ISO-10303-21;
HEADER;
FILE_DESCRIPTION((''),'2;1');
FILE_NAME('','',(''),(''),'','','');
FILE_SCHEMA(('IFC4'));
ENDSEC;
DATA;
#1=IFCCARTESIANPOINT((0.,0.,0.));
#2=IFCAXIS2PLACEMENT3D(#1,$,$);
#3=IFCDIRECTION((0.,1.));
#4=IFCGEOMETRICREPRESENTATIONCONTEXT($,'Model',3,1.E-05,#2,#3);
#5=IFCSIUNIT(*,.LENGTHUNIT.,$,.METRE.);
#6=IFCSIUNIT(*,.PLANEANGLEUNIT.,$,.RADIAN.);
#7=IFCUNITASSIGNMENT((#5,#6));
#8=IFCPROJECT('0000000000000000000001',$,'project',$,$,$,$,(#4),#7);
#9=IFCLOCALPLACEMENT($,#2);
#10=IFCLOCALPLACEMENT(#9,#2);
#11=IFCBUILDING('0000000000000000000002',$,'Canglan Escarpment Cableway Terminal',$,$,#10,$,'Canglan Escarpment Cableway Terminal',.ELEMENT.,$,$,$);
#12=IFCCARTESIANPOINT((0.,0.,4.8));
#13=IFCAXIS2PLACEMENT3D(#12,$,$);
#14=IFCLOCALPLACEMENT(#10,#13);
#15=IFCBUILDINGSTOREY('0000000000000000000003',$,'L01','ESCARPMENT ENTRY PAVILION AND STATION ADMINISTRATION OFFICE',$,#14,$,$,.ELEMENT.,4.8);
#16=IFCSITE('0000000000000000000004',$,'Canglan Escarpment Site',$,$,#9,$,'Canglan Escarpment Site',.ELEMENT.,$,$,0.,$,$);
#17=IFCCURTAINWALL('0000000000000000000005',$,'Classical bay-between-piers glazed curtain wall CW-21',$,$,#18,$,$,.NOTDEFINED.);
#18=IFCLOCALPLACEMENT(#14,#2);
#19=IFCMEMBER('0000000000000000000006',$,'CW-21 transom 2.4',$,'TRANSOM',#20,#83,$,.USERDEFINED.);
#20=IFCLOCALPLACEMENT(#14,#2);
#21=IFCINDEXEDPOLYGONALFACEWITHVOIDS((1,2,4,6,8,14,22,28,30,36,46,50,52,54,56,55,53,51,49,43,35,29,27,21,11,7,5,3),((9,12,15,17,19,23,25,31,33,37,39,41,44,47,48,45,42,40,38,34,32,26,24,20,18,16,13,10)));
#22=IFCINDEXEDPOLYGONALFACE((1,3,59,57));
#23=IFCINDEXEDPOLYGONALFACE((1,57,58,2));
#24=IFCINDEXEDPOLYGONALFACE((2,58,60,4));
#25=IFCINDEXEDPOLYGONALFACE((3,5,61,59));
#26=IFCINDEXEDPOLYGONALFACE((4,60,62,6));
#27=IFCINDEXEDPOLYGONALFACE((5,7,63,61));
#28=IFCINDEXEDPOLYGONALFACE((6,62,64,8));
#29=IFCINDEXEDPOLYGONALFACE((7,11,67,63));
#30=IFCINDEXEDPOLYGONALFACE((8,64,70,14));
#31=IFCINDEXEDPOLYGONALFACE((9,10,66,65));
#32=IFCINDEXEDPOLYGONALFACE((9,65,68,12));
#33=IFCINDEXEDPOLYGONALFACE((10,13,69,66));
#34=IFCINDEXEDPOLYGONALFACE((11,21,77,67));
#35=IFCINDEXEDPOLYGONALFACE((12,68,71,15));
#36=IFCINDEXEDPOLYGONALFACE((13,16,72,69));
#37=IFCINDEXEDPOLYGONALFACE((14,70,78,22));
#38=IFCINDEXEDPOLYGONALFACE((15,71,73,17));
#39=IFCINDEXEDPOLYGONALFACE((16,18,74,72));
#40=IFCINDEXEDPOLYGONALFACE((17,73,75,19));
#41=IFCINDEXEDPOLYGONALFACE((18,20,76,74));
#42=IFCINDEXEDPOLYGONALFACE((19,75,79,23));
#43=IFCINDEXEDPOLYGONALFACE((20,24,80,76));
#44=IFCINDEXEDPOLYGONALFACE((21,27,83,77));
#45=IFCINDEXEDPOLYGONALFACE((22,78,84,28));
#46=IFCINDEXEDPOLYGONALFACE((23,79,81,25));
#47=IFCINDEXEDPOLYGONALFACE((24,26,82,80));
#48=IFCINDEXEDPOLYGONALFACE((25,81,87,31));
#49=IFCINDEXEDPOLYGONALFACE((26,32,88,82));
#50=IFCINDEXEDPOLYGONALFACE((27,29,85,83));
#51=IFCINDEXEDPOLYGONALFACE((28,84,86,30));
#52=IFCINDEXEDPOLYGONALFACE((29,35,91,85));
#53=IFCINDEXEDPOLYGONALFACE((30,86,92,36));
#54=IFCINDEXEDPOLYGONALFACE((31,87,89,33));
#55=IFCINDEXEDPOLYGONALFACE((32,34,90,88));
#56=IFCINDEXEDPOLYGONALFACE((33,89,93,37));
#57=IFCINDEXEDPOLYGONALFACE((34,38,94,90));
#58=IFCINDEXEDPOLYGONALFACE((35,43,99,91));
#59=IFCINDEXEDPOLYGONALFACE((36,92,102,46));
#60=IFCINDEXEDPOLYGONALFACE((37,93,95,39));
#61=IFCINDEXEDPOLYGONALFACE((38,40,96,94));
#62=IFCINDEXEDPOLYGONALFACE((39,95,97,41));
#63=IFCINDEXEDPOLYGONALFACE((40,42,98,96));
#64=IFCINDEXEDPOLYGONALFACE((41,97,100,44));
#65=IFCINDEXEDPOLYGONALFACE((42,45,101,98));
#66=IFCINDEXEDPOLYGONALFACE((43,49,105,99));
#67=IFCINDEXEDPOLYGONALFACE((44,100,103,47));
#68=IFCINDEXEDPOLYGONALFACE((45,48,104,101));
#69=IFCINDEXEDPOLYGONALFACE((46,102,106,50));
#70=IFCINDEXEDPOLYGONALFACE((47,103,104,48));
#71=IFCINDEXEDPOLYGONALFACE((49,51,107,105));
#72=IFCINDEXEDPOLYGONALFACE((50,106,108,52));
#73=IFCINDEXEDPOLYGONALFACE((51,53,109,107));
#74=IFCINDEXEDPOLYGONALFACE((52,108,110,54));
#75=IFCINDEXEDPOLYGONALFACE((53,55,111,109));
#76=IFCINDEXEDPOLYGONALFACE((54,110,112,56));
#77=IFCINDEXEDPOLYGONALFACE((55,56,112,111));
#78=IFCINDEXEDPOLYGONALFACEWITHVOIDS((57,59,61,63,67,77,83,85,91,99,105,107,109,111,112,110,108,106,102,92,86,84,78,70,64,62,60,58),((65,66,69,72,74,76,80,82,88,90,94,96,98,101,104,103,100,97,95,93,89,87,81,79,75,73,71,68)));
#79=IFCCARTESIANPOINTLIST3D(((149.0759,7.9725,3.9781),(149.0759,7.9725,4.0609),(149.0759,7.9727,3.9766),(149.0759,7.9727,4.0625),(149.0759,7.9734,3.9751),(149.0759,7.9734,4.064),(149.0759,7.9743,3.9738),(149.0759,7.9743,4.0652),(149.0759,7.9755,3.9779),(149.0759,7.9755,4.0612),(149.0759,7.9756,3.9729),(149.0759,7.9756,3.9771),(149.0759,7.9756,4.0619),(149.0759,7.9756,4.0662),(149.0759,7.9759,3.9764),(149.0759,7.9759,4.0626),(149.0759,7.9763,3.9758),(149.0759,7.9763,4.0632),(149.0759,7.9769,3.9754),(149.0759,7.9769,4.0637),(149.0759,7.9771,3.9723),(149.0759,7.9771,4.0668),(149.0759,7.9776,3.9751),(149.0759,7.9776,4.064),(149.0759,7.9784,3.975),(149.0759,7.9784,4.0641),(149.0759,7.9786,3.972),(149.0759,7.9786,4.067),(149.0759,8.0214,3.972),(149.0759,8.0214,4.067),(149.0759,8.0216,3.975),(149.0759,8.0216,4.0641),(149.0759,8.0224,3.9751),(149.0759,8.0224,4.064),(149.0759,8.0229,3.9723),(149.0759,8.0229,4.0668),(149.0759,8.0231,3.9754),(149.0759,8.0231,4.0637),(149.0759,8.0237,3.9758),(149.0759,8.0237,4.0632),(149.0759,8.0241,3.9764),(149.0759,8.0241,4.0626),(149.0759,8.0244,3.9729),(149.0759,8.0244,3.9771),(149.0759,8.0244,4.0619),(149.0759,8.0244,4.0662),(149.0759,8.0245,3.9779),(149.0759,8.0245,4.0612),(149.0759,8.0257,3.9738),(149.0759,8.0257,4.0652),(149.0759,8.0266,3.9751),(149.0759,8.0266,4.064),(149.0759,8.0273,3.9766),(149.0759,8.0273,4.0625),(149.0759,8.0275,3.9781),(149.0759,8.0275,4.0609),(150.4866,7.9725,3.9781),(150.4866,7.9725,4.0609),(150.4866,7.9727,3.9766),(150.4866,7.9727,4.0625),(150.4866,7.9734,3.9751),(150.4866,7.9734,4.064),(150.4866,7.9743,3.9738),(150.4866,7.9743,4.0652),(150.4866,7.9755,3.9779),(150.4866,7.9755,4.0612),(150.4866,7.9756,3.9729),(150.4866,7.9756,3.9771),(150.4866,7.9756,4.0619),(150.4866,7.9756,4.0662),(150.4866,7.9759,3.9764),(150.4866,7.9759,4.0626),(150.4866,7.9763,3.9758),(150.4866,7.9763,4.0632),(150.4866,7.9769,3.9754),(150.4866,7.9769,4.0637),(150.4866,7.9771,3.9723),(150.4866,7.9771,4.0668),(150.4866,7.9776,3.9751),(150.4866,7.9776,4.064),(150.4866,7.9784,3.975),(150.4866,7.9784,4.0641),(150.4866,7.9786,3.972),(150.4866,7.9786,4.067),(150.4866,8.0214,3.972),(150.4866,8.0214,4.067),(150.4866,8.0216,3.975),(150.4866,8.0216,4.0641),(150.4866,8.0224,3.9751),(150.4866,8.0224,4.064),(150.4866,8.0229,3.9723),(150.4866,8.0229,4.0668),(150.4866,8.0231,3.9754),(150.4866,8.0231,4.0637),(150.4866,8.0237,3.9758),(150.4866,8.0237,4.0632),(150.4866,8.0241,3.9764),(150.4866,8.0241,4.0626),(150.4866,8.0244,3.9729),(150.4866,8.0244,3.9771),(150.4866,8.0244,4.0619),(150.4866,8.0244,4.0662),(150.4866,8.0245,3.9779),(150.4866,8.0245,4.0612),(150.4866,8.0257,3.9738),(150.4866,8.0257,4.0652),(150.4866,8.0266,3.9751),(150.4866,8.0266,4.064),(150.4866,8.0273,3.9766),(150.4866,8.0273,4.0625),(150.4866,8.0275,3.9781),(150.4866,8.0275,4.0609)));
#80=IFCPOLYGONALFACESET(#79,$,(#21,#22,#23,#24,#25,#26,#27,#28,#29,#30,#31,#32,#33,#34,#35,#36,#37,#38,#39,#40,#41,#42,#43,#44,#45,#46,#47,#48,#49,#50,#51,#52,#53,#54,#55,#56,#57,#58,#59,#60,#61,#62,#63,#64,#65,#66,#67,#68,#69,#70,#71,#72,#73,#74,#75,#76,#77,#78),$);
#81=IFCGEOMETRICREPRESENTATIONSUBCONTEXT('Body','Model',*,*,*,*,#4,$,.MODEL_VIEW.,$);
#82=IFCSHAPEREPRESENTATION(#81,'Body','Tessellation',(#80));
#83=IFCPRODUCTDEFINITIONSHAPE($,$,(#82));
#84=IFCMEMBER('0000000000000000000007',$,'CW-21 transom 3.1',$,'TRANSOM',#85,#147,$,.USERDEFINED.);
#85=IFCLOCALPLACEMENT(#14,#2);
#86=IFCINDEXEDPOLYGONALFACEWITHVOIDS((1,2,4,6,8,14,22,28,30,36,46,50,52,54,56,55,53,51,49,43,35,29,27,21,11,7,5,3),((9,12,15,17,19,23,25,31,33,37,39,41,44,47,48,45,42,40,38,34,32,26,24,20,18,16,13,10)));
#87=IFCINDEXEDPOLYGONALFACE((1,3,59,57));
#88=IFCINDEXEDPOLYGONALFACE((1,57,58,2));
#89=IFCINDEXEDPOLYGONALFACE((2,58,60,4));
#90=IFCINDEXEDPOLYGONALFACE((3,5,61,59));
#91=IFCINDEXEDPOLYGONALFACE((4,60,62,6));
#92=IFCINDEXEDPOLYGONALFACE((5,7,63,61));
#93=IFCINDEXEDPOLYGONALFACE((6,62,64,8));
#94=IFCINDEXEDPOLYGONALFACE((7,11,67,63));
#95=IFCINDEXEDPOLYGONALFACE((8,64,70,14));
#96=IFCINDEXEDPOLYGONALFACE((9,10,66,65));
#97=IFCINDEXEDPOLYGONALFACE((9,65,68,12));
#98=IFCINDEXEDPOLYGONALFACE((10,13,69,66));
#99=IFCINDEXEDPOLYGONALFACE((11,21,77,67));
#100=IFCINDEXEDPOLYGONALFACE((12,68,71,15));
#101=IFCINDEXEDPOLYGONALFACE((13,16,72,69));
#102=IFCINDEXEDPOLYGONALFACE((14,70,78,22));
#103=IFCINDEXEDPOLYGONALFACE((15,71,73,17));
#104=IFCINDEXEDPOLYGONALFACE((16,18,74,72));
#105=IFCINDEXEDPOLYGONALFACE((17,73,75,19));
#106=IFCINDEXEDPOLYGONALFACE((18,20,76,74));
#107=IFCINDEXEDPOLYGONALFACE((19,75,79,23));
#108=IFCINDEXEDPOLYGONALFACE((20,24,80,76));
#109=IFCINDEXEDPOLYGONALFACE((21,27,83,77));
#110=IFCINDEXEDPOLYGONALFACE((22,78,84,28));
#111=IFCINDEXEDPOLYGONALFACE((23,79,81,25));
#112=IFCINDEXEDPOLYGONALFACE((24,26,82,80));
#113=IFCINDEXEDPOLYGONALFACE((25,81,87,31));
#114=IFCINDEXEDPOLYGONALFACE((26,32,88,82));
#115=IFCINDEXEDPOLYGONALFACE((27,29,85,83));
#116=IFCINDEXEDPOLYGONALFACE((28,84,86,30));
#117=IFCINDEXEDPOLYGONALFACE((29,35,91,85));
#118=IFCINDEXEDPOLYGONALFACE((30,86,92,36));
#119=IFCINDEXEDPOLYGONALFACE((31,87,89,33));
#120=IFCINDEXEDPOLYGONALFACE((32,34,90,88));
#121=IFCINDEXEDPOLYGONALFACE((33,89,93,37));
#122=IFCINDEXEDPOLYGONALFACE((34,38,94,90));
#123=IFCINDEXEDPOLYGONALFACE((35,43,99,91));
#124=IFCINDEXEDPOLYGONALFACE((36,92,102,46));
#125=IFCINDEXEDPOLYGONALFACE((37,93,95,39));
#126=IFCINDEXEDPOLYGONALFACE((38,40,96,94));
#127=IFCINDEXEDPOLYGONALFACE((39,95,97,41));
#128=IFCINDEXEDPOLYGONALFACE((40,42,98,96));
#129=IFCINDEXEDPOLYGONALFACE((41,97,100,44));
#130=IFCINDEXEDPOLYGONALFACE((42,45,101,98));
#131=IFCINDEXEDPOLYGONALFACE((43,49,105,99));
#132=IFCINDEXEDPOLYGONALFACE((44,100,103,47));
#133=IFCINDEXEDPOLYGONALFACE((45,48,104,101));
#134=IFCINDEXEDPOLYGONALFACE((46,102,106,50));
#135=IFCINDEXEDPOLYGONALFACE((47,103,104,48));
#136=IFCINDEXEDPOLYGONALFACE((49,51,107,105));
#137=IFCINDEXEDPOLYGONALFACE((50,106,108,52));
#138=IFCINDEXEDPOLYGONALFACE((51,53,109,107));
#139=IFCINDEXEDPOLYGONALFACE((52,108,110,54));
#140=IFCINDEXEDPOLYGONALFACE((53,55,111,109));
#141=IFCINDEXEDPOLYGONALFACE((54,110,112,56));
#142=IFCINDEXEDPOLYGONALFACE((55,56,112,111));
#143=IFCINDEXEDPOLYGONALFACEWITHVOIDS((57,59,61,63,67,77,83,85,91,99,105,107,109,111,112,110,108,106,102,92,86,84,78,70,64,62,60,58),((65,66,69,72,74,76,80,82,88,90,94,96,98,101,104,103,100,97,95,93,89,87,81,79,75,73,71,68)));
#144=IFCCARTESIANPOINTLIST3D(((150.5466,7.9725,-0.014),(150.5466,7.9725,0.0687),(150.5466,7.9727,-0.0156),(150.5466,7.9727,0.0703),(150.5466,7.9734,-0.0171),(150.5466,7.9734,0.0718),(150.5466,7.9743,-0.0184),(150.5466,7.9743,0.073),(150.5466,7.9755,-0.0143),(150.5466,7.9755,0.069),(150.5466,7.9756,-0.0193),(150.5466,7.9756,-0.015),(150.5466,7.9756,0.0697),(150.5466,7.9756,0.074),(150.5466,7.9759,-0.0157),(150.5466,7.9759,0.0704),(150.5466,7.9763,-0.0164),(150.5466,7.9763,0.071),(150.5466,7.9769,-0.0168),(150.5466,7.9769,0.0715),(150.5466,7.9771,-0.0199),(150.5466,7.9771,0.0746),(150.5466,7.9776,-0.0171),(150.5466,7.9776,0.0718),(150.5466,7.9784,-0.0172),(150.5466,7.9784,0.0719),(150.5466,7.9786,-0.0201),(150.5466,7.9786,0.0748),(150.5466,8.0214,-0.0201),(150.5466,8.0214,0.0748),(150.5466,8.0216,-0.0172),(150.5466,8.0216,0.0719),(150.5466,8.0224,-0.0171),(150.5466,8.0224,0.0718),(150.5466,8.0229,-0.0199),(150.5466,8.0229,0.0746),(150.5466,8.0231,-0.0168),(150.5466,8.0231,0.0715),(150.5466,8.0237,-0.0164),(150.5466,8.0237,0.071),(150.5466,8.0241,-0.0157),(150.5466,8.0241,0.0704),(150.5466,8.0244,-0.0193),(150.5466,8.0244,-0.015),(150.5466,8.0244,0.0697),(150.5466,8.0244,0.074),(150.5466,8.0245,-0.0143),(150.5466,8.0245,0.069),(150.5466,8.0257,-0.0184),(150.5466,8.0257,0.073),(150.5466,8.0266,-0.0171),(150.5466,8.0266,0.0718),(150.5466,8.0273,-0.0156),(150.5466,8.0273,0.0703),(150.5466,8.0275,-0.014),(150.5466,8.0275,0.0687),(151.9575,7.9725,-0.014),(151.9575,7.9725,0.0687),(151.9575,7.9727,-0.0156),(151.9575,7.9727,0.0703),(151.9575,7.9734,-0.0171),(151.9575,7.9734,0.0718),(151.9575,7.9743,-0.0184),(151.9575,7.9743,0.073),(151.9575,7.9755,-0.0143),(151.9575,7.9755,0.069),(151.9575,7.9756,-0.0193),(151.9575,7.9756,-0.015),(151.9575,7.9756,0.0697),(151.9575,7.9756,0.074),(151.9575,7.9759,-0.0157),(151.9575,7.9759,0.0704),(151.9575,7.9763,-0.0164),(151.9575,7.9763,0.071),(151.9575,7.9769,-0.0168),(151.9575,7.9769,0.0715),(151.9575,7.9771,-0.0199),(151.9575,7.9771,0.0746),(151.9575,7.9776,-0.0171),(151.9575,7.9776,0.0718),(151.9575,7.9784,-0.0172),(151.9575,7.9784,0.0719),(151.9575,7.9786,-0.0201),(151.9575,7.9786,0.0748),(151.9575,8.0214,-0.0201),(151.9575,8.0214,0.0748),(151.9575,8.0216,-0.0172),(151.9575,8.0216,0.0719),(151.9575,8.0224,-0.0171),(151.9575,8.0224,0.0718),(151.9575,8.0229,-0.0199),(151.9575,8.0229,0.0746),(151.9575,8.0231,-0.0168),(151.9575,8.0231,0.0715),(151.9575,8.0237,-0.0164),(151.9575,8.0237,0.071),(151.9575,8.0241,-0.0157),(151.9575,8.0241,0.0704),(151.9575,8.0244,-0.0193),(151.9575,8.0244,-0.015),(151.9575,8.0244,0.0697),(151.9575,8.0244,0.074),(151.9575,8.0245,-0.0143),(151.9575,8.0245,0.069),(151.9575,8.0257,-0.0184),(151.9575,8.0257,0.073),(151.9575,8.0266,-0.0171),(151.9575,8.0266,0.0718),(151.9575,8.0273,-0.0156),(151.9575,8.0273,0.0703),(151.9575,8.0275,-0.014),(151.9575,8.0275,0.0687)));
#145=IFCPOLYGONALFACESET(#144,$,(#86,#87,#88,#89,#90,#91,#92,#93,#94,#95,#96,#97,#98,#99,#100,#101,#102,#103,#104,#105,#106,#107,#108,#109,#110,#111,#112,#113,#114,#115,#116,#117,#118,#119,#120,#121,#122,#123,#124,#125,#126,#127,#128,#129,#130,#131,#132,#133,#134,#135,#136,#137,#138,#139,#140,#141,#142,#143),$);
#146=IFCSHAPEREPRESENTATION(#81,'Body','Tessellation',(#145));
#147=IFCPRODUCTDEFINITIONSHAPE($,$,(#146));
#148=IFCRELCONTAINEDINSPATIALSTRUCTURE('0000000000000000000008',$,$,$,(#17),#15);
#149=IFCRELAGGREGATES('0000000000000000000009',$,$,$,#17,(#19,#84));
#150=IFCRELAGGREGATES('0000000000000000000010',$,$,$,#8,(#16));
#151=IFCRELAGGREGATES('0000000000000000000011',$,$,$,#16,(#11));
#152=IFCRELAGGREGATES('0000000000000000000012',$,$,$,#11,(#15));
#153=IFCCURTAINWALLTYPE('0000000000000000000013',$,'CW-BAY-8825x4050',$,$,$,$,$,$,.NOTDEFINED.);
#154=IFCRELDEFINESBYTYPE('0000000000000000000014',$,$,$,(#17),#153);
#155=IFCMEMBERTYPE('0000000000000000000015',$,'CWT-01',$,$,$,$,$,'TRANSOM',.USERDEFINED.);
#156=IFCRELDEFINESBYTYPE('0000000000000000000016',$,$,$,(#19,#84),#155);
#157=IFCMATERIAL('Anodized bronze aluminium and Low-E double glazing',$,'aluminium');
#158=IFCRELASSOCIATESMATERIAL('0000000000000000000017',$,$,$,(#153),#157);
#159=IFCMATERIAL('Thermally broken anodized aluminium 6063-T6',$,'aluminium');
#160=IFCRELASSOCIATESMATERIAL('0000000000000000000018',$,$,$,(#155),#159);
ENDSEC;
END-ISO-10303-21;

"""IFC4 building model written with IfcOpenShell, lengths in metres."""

from ifc_helpers import new_model, si_unit, direction, frame, origin, origin_2d, place, context, subcontext, project, spatial, hollow_rectangle, extrude, material, material_profile, profile_set, type_object, element, aggregate, save


model = new_model("IFC4")

# Units and contexts
model_context = context("Model", 3, precision=1e-05, world=origin(), true_north=direction((0.0, 1.0)))
body_context = subcontext(model_context, "Body", "Model", "MODEL_VIEW")
ifc_project = project(units=[si_unit("LENGTHUNIT", "METRE"), si_unit("PLANEANGLEUNIT", "RADIAN")], contexts=[model_context])

# Site, building, storey
site_placement = place(None, origin())
site = spatial("IfcSite", under=ifc_project, at=site_placement, Name="Canglan Escarpment Site", LongName="Canglan Escarpment Site", CompositionType="ELEMENT", RefElevation=0.0)
building_placement = place(site_placement, origin())
building = spatial("IfcBuilding", under=site, at=building_placement, Name="Canglan Escarpment Cableway Terminal", LongName="Canglan Escarpment Cableway Terminal", CompositionType="ELEMENT")
storey_placement = place(building_placement, frame((0.0, 0.0, 4.8)))
storey = spatial("IfcBuildingStorey", under=building, at=storey_placement, Name="L01", Description="ESCARPMENT ENTRY PAVILION AND STATION ADMINISTRATION OFFICE", CompositionType="ELEMENT", Elevation=4.8)

# Curtain wall, members
ifc_material_1 = material(Name="Anodized bronze aluminium and Low-E double glazing", Category="aluminium")
curtain_wall_type = type_object("IfcCurtainWallType", Name="CW-BAY-8825x4050", PredefinedType="NOTDEFINED", material=ifc_material_1)
curtain_wall_placement = place(storey_placement, origin())
curtain_wall = element("IfcCurtainWall", 1, at=curtain_wall_placement, inside=storey, type_object=curtain_wall_type, Name="Classical bay-between-piers glazed curtain wall CW-21", PredefinedType="NOTDEFINED")
ifc_material_2 = material(Name="Thermally broken anodized aluminium 6063-T6", Category="aluminium")
ifc_material_profile_1 = material_profile(ifc_material_2, hollow_rectangle(XDim=0.0549, YDim=0.095, WallThickness=0.0029, InnerFilletRadius=0.0029, OuterFilletRadius=0.0061, at=origin_2d()), Name="ALU-TRAN 55x95x3")
ifc_profile_set_1 = profile_set([ifc_material_profile_1], Name="Thermally broken anodized aluminium 6063-T6")
member_type_1 = type_object("IfcMemberType", Name="CWT-01", ElementType="TRANSOM", PredefinedType="USERDEFINED", material=ifc_profile_set_1)
member_1_placement = place(storey_placement, frame((149.0759, 8.0, 4.0195), z_axis=(1.0, 0.0, 0.0), x_axis=(0.0, 1.0, 0.0)))
member_1 = element("IfcMember", 2, at=member_1_placement, type_object=member_type_1, Name="CW-21 transom 2.4", ObjectType="TRANSOM", PredefinedType="USERDEFINED", context=body_context, shape_type="SweptSolid", body=[
    extrude(hollow_rectangle(XDim=0.0549, YDim=0.095, WallThickness=0.0029, InnerFilletRadius=0.0029, OuterFilletRadius=0.0061, at=origin_2d()), origin(), (0.0, 0.0, 1.0), 1.4106),
])
member_2_placement = place(storey_placement, frame((150.5466, 8.0, 0.0273), z_axis=(1.0, 0.0, 0.0), x_axis=(0.0, 1.0, 0.0)))
member_2 = element("IfcMember", 3, at=member_2_placement, type_object=member_type_1, Name="CW-21 transom 3.1", ObjectType="TRANSOM", PredefinedType="USERDEFINED", context=body_context, shape_type="SweptSolid", body=[
    extrude(hollow_rectangle(XDim=0.0549, YDim=0.095, WallThickness=0.0029, InnerFilletRadius=0.0029, OuterFilletRadius=0.0061, at=origin_2d()), origin(), (0.0, 0.0, 1.0), 1.4109),
])
aggregate(curtain_wall, [member_1, member_2])

save(model, "model.ifc")
